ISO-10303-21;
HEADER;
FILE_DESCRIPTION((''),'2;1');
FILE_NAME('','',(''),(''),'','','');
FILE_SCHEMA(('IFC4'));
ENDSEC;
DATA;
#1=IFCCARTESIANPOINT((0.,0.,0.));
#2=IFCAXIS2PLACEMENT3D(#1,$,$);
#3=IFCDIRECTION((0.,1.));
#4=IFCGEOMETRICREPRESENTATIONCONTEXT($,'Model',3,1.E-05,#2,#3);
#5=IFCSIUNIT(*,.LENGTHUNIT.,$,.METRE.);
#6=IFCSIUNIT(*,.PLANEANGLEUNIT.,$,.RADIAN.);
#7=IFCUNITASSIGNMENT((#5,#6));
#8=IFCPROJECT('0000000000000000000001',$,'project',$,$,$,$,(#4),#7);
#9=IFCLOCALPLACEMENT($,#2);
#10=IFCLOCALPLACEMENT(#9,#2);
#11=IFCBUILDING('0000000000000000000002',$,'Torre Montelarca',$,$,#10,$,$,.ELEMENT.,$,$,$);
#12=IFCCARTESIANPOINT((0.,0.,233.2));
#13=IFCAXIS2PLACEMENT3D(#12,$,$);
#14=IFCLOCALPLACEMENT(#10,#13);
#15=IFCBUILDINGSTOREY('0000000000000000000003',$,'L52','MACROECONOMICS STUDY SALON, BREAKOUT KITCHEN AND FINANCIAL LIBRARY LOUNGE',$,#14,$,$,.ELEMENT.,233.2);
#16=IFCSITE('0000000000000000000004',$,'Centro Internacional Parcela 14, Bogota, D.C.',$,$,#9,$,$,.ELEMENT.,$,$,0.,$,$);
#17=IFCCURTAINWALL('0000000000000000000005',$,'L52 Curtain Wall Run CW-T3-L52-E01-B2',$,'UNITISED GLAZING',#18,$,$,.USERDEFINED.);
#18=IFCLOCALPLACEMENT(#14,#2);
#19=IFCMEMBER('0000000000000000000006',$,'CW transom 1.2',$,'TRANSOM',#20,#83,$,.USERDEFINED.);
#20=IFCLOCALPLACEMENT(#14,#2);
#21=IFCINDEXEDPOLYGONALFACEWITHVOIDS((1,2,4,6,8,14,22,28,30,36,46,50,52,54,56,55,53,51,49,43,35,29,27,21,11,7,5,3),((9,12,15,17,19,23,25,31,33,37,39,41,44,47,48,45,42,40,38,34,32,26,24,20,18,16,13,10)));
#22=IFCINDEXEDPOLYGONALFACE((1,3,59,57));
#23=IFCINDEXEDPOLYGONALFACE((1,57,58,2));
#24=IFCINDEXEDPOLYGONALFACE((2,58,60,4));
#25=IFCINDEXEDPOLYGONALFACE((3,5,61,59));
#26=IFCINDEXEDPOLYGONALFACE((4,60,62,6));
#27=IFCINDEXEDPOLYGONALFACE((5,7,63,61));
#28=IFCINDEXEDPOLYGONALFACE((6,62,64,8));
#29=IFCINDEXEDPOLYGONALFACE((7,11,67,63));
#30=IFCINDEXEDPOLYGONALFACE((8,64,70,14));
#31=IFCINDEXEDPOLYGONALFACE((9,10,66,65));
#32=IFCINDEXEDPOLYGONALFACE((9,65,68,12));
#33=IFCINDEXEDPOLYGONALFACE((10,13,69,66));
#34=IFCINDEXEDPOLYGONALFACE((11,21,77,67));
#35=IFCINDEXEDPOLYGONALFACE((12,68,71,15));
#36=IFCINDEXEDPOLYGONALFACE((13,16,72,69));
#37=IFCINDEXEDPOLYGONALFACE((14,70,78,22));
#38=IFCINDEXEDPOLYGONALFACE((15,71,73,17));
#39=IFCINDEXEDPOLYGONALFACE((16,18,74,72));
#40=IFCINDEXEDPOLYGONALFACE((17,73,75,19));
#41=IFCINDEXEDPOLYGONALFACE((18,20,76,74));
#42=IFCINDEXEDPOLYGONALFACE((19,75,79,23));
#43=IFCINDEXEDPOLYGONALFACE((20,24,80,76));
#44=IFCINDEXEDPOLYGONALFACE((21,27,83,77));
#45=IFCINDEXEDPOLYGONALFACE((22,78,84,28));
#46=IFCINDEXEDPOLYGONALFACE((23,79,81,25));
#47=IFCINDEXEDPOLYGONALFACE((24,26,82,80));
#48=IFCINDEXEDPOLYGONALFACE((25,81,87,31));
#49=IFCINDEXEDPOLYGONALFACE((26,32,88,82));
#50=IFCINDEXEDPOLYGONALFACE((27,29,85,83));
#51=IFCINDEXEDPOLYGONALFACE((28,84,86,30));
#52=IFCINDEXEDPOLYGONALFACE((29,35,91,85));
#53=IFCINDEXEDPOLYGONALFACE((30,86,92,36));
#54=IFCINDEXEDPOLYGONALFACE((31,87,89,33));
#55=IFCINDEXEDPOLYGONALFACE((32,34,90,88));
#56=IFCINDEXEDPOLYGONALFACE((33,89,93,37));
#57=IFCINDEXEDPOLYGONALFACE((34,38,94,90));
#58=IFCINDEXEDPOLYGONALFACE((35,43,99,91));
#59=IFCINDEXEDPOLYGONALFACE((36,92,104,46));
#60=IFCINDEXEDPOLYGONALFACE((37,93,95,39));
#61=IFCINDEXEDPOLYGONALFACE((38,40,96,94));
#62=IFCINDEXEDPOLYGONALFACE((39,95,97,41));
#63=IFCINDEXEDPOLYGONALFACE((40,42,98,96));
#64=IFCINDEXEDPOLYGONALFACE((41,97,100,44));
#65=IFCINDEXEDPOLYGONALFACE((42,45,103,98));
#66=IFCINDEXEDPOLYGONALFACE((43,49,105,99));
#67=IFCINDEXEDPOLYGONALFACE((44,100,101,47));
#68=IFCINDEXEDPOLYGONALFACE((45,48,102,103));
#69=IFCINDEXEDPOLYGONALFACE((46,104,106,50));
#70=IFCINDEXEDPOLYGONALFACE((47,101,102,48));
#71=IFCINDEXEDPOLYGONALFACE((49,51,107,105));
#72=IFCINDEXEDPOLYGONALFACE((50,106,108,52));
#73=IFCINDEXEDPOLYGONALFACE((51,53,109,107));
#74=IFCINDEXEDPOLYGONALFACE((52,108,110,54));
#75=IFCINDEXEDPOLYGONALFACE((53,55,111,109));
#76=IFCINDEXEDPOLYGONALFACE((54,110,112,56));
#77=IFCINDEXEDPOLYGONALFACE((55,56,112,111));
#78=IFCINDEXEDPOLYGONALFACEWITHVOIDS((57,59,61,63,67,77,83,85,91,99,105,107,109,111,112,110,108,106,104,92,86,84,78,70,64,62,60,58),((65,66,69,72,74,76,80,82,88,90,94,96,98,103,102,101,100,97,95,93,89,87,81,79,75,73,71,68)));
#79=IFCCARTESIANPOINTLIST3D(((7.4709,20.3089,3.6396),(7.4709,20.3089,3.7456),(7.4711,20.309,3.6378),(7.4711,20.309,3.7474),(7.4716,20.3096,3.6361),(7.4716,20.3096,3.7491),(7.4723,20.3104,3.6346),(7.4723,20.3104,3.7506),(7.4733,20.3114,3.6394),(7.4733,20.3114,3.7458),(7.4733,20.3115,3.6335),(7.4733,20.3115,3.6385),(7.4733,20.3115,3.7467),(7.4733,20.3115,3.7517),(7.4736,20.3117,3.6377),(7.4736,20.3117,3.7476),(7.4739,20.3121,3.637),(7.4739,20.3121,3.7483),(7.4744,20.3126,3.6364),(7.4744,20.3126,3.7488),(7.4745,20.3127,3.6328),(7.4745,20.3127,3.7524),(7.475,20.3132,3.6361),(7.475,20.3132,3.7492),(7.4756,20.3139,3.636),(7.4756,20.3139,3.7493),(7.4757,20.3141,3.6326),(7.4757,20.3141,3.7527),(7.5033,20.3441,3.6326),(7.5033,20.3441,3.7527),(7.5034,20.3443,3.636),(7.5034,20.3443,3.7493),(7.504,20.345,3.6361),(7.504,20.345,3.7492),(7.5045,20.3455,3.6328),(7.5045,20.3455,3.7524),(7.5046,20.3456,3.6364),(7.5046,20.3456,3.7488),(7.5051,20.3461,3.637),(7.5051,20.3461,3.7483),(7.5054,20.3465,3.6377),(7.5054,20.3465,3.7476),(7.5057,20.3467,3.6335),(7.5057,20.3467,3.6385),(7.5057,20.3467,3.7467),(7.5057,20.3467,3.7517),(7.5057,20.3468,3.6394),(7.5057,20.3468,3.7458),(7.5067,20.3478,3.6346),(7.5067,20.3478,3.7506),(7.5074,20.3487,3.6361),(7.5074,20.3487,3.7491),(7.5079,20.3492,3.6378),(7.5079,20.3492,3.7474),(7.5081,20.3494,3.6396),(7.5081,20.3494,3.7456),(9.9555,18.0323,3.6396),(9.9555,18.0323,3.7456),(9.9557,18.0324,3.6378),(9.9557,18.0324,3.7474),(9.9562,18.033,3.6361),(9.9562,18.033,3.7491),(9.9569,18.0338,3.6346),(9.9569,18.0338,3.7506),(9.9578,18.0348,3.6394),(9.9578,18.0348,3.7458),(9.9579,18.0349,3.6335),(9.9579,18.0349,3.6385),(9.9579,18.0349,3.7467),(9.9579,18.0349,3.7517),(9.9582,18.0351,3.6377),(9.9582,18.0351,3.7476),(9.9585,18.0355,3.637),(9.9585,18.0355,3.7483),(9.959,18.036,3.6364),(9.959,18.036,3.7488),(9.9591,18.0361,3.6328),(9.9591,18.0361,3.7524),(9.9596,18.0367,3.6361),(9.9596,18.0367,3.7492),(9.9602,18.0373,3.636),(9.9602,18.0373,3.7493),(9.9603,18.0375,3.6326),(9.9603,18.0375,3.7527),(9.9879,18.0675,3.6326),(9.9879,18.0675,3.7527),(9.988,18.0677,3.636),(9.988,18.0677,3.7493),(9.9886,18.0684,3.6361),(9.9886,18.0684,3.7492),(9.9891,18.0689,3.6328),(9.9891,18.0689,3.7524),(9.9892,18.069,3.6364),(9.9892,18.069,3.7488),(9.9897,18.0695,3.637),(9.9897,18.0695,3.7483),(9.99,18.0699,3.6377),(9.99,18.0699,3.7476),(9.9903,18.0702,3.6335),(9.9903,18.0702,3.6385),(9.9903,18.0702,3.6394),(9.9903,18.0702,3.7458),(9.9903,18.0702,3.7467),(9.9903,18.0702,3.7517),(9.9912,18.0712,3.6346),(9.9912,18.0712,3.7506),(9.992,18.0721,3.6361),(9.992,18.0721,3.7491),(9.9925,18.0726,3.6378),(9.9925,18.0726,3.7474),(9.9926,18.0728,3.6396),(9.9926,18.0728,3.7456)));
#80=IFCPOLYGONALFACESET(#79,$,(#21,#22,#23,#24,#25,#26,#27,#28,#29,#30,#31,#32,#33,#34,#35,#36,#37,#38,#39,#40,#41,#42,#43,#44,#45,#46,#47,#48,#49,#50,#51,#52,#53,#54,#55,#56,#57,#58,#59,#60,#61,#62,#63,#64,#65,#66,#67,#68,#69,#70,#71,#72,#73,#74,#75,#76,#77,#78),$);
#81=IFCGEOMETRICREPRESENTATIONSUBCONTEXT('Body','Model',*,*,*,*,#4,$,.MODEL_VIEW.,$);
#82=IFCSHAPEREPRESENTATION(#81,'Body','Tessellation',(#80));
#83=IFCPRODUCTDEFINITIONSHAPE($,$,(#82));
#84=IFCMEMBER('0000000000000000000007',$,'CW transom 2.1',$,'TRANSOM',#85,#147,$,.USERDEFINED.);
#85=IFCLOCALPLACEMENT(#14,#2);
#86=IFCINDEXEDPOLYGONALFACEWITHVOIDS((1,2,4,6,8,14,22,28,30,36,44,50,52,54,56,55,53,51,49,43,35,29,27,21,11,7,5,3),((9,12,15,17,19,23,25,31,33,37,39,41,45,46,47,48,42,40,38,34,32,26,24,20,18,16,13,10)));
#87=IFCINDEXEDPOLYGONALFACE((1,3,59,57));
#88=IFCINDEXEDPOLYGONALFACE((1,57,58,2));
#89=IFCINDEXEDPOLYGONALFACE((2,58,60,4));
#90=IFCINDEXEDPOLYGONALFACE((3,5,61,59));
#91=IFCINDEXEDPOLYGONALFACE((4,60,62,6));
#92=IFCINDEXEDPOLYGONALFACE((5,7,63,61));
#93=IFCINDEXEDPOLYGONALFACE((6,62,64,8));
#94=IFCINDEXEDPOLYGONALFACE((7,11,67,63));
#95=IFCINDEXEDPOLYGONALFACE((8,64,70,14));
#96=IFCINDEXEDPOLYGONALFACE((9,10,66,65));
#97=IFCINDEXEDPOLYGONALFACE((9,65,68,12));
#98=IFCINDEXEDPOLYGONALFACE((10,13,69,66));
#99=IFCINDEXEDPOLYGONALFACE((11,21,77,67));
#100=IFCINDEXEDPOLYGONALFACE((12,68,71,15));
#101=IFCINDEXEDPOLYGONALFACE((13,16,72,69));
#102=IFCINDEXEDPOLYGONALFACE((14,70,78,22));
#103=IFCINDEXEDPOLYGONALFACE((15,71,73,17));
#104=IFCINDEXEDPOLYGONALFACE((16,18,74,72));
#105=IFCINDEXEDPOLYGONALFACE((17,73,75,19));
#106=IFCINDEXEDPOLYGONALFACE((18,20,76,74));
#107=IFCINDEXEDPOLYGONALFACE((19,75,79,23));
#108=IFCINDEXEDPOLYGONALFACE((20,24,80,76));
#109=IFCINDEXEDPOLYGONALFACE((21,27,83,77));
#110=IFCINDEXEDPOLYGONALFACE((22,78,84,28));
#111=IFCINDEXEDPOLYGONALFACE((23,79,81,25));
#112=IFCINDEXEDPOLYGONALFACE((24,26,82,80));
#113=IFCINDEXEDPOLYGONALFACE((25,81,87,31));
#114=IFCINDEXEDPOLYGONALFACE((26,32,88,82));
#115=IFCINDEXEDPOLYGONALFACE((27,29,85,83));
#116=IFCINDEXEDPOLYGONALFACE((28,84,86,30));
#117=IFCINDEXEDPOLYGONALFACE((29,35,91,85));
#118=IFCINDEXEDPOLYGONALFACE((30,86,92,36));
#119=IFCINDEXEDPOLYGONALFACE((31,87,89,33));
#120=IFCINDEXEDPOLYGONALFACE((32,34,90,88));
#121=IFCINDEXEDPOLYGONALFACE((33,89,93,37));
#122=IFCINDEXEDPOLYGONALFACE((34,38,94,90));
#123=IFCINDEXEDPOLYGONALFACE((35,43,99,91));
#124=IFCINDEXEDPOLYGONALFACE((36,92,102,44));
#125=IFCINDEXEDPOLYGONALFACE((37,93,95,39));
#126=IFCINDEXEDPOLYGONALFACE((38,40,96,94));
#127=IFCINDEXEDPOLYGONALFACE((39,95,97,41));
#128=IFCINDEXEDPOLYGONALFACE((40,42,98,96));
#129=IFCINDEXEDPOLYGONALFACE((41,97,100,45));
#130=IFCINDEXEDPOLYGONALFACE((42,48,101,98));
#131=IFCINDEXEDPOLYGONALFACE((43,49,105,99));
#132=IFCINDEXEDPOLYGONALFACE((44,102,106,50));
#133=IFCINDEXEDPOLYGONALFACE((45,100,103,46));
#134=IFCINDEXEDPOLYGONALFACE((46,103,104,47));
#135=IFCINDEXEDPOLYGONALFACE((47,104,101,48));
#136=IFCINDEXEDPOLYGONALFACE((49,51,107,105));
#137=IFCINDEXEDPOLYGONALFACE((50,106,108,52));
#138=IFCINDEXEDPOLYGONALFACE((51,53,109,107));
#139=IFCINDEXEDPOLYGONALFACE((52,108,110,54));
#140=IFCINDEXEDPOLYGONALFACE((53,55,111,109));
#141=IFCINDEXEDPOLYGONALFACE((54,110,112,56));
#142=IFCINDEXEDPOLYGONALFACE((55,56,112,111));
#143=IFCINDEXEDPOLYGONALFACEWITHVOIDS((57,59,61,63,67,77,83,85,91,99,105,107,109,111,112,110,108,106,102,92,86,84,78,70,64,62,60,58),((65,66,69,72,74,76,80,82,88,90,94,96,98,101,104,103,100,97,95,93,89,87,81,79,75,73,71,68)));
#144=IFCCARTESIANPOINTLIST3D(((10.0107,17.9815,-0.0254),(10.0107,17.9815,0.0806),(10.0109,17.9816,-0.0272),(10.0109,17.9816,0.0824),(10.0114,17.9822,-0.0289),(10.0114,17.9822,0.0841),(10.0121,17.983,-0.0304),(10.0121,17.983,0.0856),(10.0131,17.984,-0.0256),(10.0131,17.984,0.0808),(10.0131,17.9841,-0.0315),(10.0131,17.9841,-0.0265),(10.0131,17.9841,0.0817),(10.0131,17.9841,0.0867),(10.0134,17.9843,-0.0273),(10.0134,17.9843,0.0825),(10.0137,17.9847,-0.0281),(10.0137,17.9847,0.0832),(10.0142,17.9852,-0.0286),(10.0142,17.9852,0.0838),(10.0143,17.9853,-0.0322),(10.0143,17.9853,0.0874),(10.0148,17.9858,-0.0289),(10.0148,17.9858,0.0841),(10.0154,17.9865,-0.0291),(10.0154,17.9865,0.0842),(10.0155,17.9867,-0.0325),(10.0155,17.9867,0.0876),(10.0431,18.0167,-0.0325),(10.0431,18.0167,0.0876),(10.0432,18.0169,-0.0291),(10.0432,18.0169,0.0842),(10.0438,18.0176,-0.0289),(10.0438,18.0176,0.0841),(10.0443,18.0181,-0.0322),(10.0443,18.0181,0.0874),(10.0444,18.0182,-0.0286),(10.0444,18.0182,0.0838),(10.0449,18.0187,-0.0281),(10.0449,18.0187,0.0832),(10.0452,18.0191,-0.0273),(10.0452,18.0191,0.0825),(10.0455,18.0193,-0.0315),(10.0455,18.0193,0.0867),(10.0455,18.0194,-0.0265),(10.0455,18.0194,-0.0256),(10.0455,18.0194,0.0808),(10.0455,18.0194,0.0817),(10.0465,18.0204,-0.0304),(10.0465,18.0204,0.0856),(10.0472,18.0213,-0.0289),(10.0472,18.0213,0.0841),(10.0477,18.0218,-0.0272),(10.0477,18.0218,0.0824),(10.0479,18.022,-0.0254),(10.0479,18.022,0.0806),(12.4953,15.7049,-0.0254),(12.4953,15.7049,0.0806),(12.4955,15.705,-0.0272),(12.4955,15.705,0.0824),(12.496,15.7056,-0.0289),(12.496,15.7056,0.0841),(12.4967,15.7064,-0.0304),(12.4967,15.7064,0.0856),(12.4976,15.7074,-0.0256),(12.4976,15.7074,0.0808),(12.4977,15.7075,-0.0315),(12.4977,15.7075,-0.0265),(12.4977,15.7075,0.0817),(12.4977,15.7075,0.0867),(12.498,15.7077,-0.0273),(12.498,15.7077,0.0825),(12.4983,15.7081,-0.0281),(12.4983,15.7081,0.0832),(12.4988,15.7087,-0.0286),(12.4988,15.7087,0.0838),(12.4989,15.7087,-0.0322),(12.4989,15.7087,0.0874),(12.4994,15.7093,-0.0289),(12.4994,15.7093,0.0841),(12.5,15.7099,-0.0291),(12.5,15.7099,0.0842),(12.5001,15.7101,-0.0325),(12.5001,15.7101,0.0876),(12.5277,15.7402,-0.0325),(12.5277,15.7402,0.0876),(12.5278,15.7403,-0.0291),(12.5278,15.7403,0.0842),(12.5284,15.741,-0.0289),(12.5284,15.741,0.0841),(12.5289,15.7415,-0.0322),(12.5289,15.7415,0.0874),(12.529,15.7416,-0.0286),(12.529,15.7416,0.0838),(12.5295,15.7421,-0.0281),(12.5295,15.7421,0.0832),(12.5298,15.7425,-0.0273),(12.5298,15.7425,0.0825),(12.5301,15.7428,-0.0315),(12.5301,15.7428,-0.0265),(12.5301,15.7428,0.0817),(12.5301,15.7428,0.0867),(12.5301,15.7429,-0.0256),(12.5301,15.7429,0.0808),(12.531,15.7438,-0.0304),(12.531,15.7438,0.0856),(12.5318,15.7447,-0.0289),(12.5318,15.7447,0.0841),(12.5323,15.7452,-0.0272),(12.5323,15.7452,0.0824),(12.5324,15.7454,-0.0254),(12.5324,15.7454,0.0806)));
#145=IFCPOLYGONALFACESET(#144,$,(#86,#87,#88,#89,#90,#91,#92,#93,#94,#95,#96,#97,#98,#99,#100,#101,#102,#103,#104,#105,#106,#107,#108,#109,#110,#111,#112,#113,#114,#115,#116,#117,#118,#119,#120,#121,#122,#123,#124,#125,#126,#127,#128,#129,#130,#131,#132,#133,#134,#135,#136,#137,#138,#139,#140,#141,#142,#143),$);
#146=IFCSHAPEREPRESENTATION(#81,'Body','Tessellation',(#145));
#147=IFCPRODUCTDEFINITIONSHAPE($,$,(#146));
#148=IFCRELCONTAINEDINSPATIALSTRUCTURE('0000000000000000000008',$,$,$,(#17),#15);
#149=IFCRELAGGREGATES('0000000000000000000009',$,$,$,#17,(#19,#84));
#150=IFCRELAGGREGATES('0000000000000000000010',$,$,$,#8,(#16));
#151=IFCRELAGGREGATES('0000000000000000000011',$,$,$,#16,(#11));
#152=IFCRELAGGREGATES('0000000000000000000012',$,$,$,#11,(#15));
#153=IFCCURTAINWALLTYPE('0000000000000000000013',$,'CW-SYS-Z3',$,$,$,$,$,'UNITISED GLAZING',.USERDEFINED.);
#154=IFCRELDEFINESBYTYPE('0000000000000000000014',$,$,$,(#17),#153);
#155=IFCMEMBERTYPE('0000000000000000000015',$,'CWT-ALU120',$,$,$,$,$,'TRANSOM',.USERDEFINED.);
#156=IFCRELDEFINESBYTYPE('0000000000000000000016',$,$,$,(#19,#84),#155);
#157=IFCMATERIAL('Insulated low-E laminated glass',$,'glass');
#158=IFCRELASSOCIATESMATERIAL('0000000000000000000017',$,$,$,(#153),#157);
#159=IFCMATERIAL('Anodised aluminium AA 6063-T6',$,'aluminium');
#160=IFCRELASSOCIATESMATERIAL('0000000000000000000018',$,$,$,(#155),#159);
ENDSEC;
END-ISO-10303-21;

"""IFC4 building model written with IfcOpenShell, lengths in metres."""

from ifc_helpers import new_model, si_unit, direction, frame, origin, origin_2d, place, context, subcontext, project, spatial, hollow_rectangle, extrude, source, transform, mapped, material, material_profile, profile_set, type_object, element, aggregate, save


model = new_model("IFC4")

# Units and contexts
model_context = context("Model", 3, precision=1e-05, world=origin(), true_north=direction((0.0, 1.0)))
body_context = subcontext(model_context, "Body", "Model", "MODEL_VIEW")
ifc_project = project(units=[si_unit("LENGTHUNIT", "METRE"), si_unit("PLANEANGLEUNIT", "RADIAN")], contexts=[model_context])

# Site, building, storey
site_placement = place(None, origin())
site = spatial("IfcSite", under=ifc_project, at=site_placement, Name="Centro Internacional Parcela 14, Bogota, D.C.", CompositionType="ELEMENT", RefElevation=0.0)
building_placement = place(site_placement, origin())
building = spatial("IfcBuilding", under=site, at=building_placement, Name="Torre Montelarca", CompositionType="ELEMENT")
storey_placement = place(building_placement, frame((0.0, 0.0, 233.2)))
storey = spatial("IfcBuildingStorey", under=building, at=storey_placement, Name="L52", Description="MACROECONOMICS STUDY SALON, BREAKOUT KITCHEN AND FINANCIAL LIBRARY LOUNGE", CompositionType="ELEMENT", Elevation=233.2)

# Curtain wall
ifc_material_1 = material(Name="Insulated low-E laminated glass", Category="glass")
curtain_wall_type = type_object("IfcCurtainWallType", Name="CW-SYS-Z3", ElementType="UNITISED GLAZING", PredefinedType="USERDEFINED", material=ifc_material_1)
ifc_material_2 = material(Name="Anodised aluminium AA 6063-T6", Category="aluminium")
ifc_material_profile_1 = material_profile(ifc_material_2, hollow_rectangle(XDim=0.0549, YDim=0.1201, WallThickness=0.0034, InnerFilletRadius=0.0034, OuterFilletRadius=0.0071, at=origin_2d()), Name="ALU55X120X3.5", Category="aluminium")
ifc_profile_set_1 = profile_set([ifc_material_profile_1], Name="Anodised aluminium AA 6063-T6")
member_type_1 = type_object("IfcMemberType", Name="CWT-ALU120", ElementType="TRANSOM", PredefinedType="USERDEFINED", material=ifc_profile_set_1)
curtain_wall_1_placement = place(storey_placement, origin())
curtain_wall_1 = element("IfcCurtainWall", 1, at=curtain_wall_1_placement, inside=storey, type_object=curtain_wall_type, Name="L52 Curtain Wall Run CW-T3-L52-E01-B2", ObjectType="UNITISED GLAZING", PredefinedType="USERDEFINED")

# Members
shared_shape_1 = source(origin(), body_context, "Body", "SweptSolid", [
    extrude(hollow_rectangle(XDim=0.0549, YDim=0.1201, WallThickness=0.0034, InnerFilletRadius=0.0034, OuterFilletRadius=0.0071, at=origin_2d()), origin(), (0.0, 0.0, 1.0), 3.3699),
])
member_1_placement = place(storey_placement, frame((7.4895, 20.3291, 3.6926), z_axis=(0.737295, -0.67557, 0.0), x_axis=(0.67557, 0.737295, 0.0)))
member_1 = element("IfcMember", 2, at=member_1_placement, type_object=member_type_1, Name="CW transom 1.2", ObjectType="TRANSOM", PredefinedType="USERDEFINED", context=body_context, shape_type="MappedRepresentation", body=[
    mapped(shared_shape_1, transform((0.0, 0.0, 0.0), scale=1.0)),
])
member_2_placement = place(storey_placement, frame((10.0293, 18.0017, 0.0276), z_axis=(0.737295, -0.67557, 0.0), x_axis=(0.67557, 0.737295, 0.0)))
member_2 = element("IfcMember", 3, at=member_2_placement, type_object=member_type_1, Name="CW transom 2.1", ObjectType="TRANSOM", PredefinedType="USERDEFINED", context=body_context, shape_type="MappedRepresentation", body=[
    mapped(shared_shape_1, transform((0.0, 0.0, 0.0), scale=1.0)),
])

aggregate(curtain_wall_1, [member_1, member_2])

save(model, "model.ifc")
